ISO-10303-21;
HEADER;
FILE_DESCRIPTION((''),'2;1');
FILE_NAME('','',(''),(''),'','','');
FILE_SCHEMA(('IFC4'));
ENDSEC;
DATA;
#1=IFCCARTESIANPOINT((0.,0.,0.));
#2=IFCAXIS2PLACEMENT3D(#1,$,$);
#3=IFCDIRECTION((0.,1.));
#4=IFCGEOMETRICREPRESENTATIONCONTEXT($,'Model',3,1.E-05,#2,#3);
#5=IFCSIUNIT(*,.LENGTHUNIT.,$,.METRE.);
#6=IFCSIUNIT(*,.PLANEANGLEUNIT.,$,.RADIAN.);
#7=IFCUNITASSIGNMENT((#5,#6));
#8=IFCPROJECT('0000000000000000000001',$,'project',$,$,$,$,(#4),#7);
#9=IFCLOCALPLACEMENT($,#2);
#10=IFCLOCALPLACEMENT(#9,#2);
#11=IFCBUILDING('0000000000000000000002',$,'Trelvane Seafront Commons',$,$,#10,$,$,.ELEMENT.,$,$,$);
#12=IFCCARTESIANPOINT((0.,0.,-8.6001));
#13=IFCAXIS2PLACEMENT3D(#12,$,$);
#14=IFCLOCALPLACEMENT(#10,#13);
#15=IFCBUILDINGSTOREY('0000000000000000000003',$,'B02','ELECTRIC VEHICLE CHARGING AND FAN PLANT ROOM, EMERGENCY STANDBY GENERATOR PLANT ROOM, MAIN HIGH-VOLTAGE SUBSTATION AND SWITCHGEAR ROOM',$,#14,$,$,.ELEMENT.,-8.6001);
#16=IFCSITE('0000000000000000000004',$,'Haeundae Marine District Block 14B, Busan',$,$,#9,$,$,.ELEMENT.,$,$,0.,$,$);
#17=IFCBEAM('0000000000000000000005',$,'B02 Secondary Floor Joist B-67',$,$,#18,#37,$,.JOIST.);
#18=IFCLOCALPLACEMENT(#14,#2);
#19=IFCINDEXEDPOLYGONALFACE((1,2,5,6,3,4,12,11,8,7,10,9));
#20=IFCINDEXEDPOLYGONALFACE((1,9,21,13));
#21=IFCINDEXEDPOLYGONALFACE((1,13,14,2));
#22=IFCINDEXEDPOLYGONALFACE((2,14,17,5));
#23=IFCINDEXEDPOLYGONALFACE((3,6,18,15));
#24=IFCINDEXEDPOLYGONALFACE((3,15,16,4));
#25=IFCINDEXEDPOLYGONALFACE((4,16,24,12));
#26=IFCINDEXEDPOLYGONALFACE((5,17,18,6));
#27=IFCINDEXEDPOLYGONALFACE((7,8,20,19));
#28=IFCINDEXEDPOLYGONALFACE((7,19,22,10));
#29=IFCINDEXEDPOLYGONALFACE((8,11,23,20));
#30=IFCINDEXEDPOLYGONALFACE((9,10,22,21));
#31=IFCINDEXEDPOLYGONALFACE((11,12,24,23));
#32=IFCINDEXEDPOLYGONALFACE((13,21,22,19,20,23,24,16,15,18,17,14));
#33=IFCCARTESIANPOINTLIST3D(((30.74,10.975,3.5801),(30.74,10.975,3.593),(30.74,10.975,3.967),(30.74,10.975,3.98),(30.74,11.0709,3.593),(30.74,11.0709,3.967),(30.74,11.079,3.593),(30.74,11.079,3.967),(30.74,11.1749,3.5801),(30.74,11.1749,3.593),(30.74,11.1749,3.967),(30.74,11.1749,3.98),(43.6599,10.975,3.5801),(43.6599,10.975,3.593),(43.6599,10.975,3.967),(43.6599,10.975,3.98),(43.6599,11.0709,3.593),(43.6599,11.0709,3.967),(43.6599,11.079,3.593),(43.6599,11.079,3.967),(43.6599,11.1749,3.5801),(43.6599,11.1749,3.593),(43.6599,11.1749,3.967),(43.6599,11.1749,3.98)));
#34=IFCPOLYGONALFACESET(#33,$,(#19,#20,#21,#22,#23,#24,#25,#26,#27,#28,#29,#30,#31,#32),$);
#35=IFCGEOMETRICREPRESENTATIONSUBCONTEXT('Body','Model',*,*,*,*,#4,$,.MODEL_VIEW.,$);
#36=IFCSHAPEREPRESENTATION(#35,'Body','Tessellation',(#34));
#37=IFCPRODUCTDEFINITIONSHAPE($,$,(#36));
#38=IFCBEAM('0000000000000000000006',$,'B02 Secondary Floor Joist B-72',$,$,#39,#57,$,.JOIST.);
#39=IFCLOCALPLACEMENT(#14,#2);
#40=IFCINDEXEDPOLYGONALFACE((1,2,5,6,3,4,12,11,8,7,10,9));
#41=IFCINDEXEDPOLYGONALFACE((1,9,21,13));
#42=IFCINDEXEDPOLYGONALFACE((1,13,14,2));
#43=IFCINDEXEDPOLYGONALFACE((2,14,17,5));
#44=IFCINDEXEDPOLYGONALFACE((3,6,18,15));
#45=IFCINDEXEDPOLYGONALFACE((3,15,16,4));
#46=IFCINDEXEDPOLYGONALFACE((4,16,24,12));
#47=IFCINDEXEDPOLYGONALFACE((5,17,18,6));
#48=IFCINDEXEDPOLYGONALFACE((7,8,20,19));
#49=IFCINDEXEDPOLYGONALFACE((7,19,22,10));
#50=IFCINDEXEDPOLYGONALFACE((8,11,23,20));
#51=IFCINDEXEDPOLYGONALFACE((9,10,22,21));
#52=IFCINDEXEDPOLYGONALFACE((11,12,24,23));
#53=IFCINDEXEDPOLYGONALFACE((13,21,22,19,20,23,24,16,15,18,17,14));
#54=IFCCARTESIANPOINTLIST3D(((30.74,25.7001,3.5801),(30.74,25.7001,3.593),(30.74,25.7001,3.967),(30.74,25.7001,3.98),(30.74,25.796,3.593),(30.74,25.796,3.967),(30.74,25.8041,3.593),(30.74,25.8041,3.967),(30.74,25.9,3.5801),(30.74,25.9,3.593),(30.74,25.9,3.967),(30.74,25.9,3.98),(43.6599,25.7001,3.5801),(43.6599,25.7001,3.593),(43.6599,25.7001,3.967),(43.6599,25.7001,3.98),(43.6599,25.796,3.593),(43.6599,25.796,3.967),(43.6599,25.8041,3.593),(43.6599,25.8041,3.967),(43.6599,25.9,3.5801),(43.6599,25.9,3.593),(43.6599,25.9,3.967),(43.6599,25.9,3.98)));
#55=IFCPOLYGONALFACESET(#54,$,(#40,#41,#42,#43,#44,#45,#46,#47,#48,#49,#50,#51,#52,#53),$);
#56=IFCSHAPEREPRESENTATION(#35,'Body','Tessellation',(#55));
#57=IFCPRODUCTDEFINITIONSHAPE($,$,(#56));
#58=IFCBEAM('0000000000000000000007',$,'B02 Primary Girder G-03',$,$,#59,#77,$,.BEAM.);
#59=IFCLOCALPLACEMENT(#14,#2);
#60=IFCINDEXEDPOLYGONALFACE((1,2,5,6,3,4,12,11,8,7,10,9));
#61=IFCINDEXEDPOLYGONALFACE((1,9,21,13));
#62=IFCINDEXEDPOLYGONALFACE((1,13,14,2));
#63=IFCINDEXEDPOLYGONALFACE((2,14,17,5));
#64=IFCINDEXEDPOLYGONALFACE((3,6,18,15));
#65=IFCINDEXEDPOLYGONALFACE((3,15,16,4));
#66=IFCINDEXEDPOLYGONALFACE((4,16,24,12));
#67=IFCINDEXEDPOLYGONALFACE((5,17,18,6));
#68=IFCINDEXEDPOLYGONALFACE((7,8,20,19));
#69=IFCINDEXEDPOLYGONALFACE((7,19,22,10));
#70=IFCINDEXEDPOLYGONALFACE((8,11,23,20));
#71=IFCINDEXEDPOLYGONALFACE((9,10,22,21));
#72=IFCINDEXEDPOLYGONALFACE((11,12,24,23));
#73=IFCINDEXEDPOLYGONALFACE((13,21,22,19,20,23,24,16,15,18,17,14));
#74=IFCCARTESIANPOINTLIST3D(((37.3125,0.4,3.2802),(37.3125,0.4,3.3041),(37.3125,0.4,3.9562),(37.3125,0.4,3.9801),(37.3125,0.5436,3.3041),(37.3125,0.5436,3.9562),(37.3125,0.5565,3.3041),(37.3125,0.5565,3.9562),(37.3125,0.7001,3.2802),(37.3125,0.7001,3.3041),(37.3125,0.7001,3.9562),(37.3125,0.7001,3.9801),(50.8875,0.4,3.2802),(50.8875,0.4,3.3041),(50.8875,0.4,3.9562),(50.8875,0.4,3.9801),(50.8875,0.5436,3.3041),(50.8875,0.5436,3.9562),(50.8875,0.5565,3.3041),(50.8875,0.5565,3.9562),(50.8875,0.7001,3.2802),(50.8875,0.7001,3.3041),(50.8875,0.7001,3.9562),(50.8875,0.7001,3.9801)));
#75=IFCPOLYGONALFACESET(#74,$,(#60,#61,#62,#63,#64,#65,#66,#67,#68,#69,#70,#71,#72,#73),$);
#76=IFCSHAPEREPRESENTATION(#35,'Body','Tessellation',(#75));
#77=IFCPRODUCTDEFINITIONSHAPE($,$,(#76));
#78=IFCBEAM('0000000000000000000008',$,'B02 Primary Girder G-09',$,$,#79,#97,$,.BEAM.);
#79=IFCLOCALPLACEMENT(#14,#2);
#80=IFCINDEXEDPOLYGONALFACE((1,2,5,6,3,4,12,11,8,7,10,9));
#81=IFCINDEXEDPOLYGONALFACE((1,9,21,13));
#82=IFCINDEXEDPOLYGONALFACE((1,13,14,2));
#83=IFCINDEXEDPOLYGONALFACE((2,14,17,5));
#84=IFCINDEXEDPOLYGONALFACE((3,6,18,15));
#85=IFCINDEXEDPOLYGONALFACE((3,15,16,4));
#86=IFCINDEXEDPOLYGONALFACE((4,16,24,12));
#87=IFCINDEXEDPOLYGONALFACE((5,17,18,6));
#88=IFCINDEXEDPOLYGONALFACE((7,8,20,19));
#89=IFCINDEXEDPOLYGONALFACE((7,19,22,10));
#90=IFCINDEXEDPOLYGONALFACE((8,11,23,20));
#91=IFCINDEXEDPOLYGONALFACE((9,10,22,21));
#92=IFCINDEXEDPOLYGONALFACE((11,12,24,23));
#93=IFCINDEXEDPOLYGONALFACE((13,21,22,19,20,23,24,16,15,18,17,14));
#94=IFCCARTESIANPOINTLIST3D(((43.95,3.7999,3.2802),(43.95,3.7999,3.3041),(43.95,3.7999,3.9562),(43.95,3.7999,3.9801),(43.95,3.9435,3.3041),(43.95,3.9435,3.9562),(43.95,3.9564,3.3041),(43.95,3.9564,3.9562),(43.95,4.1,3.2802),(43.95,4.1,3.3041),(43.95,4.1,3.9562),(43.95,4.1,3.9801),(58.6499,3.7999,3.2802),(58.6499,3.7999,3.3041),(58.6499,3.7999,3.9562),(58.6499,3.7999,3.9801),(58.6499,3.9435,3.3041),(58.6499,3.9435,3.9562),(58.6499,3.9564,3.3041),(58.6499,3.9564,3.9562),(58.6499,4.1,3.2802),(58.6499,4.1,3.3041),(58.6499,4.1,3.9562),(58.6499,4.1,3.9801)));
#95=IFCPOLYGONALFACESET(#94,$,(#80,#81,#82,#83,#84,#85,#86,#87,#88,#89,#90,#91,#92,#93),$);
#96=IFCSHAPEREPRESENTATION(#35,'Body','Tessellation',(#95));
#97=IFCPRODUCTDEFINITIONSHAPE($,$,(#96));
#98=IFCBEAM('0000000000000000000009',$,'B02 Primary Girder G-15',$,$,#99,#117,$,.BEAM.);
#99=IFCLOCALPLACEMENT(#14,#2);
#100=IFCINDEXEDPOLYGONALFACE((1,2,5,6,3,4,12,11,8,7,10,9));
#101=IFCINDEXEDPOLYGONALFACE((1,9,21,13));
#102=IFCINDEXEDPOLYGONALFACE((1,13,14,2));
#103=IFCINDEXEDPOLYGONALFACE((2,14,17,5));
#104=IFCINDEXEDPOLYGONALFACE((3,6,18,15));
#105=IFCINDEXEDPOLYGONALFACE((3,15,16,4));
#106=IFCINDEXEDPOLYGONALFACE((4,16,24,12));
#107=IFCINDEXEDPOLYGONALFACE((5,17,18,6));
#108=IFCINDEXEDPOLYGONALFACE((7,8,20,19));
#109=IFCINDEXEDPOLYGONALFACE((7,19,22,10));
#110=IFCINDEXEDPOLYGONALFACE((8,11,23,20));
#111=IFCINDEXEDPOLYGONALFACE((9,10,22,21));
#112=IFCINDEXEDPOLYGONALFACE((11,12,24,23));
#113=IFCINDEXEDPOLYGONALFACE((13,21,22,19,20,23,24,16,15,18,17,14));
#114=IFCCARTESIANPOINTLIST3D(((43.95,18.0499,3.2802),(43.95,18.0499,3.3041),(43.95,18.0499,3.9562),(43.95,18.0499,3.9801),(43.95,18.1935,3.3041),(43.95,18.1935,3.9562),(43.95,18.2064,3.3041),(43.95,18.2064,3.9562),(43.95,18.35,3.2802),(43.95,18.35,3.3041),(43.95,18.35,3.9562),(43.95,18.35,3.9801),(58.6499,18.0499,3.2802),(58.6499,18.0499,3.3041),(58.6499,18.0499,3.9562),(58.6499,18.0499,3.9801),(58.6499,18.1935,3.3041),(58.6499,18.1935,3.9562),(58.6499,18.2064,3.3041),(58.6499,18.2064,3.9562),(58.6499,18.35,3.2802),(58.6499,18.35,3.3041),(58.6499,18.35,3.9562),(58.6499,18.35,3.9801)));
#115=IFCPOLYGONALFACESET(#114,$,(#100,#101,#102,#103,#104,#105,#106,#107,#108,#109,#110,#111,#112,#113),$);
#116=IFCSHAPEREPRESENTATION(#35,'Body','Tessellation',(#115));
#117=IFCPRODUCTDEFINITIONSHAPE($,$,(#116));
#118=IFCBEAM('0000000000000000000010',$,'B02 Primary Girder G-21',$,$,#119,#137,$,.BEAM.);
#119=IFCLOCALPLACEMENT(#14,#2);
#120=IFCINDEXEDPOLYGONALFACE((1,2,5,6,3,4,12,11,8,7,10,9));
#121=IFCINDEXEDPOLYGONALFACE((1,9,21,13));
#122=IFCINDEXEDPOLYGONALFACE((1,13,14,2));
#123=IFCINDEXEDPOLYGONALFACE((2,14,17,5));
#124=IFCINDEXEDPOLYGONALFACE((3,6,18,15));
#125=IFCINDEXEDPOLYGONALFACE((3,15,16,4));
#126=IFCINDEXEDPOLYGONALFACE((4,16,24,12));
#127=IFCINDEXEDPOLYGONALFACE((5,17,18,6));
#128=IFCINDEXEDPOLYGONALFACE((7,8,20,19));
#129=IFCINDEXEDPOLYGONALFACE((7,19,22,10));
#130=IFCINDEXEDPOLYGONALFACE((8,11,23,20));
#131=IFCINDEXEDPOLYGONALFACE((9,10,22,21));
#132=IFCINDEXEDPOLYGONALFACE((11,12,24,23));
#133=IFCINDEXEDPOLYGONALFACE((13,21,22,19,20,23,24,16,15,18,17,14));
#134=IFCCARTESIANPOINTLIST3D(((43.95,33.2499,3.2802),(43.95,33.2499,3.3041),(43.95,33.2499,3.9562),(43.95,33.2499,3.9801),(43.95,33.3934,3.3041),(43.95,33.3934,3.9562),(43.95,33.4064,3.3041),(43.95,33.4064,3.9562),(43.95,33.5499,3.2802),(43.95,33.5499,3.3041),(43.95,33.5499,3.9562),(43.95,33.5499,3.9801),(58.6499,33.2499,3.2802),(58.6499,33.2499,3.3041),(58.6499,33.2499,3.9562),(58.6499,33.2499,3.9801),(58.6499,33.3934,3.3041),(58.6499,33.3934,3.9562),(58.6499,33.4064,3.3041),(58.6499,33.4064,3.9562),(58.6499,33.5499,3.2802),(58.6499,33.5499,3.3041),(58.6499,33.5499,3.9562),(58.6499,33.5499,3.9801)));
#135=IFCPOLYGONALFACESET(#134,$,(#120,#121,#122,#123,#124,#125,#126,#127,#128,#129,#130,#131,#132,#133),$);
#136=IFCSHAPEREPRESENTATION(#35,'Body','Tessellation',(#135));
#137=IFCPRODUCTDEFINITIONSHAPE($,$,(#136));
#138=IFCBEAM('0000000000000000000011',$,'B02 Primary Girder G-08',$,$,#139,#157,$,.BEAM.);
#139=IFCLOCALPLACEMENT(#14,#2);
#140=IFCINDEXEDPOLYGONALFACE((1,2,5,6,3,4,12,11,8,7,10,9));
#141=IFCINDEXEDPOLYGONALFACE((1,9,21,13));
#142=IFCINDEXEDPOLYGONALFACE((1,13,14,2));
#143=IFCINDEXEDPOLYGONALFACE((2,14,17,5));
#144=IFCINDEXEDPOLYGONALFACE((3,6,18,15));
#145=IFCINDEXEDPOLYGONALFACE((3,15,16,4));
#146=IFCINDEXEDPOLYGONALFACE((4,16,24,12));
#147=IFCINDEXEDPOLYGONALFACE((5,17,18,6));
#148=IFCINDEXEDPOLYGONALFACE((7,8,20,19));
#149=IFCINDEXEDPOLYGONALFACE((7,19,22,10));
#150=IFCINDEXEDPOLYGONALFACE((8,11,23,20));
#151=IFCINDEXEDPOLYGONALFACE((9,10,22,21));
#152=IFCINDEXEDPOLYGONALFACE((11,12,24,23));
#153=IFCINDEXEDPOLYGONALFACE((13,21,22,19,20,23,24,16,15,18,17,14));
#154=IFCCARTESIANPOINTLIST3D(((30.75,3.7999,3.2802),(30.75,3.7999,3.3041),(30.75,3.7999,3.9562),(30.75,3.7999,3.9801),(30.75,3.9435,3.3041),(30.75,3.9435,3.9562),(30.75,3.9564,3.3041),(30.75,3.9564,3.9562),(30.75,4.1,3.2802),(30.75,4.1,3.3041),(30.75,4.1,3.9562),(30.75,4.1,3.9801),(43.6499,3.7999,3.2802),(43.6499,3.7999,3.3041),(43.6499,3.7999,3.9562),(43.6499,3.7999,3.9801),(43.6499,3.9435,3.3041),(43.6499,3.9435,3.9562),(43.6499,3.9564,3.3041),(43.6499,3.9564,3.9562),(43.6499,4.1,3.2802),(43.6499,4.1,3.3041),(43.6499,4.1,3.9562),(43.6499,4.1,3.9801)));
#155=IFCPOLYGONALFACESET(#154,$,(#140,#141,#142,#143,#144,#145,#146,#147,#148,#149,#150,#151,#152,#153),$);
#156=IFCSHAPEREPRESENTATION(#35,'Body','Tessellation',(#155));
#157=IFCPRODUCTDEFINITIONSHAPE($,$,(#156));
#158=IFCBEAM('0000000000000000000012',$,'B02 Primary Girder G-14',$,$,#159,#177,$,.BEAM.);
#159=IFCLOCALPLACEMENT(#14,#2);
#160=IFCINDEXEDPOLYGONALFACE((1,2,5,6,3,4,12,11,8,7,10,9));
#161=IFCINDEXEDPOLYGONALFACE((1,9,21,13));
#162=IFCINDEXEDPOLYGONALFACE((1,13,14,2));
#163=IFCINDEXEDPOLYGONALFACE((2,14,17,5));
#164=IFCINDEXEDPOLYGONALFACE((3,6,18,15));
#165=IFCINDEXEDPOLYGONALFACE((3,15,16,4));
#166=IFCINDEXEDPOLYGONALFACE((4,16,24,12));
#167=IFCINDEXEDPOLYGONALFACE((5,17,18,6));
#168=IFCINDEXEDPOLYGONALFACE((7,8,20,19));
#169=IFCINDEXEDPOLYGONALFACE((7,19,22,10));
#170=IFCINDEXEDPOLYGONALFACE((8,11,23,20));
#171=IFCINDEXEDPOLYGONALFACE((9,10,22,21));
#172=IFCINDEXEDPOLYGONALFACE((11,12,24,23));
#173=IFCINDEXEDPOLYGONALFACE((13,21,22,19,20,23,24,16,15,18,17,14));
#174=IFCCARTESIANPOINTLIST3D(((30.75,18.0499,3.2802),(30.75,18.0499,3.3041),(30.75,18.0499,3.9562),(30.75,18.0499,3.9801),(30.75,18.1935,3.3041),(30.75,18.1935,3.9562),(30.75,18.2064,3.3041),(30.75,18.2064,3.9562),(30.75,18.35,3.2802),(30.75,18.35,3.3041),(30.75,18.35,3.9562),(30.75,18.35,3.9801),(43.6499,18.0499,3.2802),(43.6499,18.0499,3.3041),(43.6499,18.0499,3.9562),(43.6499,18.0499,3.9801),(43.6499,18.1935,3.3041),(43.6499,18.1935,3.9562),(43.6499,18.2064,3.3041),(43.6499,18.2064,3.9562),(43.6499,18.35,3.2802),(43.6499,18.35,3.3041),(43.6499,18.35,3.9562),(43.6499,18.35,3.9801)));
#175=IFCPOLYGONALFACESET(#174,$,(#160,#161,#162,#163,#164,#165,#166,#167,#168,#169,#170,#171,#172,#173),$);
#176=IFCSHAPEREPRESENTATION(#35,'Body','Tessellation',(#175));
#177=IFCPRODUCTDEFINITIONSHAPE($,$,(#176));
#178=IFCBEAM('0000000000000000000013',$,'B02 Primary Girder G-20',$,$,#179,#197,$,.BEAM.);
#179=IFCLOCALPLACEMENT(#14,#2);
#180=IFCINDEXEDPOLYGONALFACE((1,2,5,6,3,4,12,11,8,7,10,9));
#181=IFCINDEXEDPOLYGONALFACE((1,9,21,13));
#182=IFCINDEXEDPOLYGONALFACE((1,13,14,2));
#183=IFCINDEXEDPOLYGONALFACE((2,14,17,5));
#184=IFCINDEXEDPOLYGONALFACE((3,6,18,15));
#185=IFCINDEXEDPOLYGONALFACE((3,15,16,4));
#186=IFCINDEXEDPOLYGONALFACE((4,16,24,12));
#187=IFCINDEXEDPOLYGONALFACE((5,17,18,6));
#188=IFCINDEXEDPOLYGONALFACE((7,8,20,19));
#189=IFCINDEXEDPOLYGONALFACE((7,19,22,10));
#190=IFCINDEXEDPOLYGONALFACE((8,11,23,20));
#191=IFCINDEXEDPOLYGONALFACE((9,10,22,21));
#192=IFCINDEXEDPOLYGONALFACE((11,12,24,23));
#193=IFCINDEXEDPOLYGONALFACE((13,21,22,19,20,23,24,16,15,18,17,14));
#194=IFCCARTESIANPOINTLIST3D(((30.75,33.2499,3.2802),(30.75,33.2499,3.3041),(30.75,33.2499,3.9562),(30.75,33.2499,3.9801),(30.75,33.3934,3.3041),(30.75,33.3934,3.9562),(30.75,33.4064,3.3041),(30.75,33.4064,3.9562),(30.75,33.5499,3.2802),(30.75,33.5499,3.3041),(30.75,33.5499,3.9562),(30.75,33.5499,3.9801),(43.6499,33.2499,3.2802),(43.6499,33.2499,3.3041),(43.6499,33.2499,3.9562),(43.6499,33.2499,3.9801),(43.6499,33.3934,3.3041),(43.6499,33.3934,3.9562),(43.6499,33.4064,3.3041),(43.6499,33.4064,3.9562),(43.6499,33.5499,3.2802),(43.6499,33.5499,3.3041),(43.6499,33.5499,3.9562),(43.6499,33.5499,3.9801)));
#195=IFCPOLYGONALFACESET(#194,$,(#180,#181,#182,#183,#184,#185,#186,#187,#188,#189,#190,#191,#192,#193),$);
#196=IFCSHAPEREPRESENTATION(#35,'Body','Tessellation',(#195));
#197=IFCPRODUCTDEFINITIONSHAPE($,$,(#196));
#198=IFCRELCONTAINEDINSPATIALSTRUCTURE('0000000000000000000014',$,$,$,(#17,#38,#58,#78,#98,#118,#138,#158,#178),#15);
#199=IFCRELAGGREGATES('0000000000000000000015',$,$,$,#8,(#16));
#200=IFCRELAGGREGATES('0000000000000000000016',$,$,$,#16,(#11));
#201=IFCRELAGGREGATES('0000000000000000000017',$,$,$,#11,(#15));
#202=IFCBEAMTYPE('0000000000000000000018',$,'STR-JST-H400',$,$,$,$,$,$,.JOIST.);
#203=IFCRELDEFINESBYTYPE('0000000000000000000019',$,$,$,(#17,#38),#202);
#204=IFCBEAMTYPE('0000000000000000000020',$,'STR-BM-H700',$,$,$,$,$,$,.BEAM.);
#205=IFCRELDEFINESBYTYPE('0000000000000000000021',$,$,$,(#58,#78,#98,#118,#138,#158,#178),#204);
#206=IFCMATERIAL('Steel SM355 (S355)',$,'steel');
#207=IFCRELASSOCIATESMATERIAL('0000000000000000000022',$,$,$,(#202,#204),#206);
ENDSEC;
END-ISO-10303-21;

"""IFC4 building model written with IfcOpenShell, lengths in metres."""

from ifc_helpers import new_model, si_unit, direction, frame, origin, origin_2d, place, context, subcontext, project, spatial, i_section, extrude, source, transform, mapped, material, material_profile, profile_set, type_object, element, save


model = new_model("IFC4")

# Units and contexts
model_context = context("Model", 3, precision=1e-05, world=origin(), true_north=direction((0.0, 1.0)))
body_context = subcontext(model_context, "Body", "Model", "MODEL_VIEW")
ifc_project = project(units=[si_unit("LENGTHUNIT", "METRE"), si_unit("PLANEANGLEUNIT", "RADIAN")], contexts=[model_context])

# Site, building, storey
site_placement = place(None, origin())
site = spatial("IfcSite", under=ifc_project, at=site_placement, Name="Haeundae Marine District Block 14B, Busan", CompositionType="ELEMENT", RefElevation=0.0)
building_placement = place(site_placement, origin())
building = spatial("IfcBuilding", under=site, at=building_placement, Name="Trelvane Seafront Commons", CompositionType="ELEMENT")
storey_placement = place(building_placement, frame((0.0, 0.0, -8.6001)))
storey = spatial("IfcBuildingStorey", under=building, at=storey_placement, Name="B02", Description="ELECTRIC VEHICLE CHARGING AND FAN PLANT ROOM, EMERGENCY STANDBY GENERATOR PLANT ROOM, MAIN HIGH-VOLTAGE SUBSTATION AND SWITCHGEAR ROOM", CompositionType="ELEMENT", Elevation=-8.6001)

# Beams
ifc_material_1 = material(Name="Steel SM355 (S355)", Category="steel")
ifc_material_profile_1 = material_profile(ifc_material_1, i_section(OverallWidth=0.2, OverallDepth=0.3999, WebThickness=0.0081, FlangeThickness=0.0129, at=origin_2d()), Name="H-400x200x8x13")
ifc_profile_set_1 = profile_set([ifc_material_profile_1], Name="Steel SM355 (S355)")
beam_type_1 = type_object("IfcBeamType", Name="STR-JST-H400", PredefinedType="JOIST", material=ifc_profile_set_1)
shared_shape_1 = source(origin(), body_context, "Body", "SweptSolid", [
    extrude(i_section(OverallWidth=0.2, OverallDepth=0.3999, WebThickness=0.0081, FlangeThickness=0.0129, at=origin_2d()), origin(), (0.0, 0.0, 1.0), 12.9199),
])
for number, where, z_axis, x_axis, name in (
    (1, (30.74, 11.075, 3.78), (1.0, 0.0, 0.0), (0.0, 1.0, 0.0), "B02 Secondary Floor Joist B-67"),
    (2, (30.74, 25.8, 3.78), (1.0, 0.0, 0.0), (0.0, 1.0, 0.0), "B02 Secondary Floor Joist B-72"),
):
    element("IfcBeam", number, at=place(storey_placement, frame(where, z_axis=z_axis, x_axis=x_axis)), inside=storey, type_object=beam_type_1, Name=name, PredefinedType="JOIST", context=body_context, shape_type="MappedRepresentation", body=[
        mapped(shared_shape_1, transform((0.0, 0.0, 0.0), x_axis=(1.0, 0.0, 0.0), y_axis=(0.0, 1.0, 0.0), z_axis=(0.0, 0.0, 1.0), scale=1.0)),
    ])
ifc_material_profile_2 = material_profile(ifc_material_1, i_section(OverallWidth=0.3, OverallDepth=0.7, WebThickness=0.0129, FlangeThickness=0.0239, at=origin_2d()), Name="H-700x300x13x24")
ifc_profile_set_2 = profile_set([ifc_material_profile_2], Name="Steel SM355 (S355)")
beam_type_2 = type_object("IfcBeamType", Name="STR-BM-H700", PredefinedType="BEAM", material=ifc_profile_set_2)
shared_shape_2 = source(origin(), body_context, "Body", "SweptSolid", [
    extrude(i_section(OverallWidth=0.3, OverallDepth=0.7, WebThickness=0.0129, FlangeThickness=0.0239, at=origin_2d()), origin(), (0.0, 0.0, 1.0), 13.575),
])
beam_1_placement = place(storey_placement, frame((37.3125, 0.55, 3.6301), z_axis=(1.0, 0.0, 0.0), x_axis=(0.0, 1.0, 0.0)))
element("IfcBeam", 3, at=beam_1_placement, inside=storey, type_object=beam_type_2, Name="B02 Primary Girder G-03", PredefinedType="BEAM", context=body_context, shape_type="MappedRepresentation", body=[
    mapped(shared_shape_2, transform((0.0, 0.0, 0.0), x_axis=(1.0, 0.0, 0.0), y_axis=(0.0, 1.0, 0.0), z_axis=(0.0, 0.0, 1.0), scale=1.0)),
])
shared_shape_3 = source(origin(), body_context, "Body", "SweptSolid", [
    extrude(i_section(OverallWidth=0.3, OverallDepth=0.7, WebThickness=0.0129, FlangeThickness=0.0239, at=origin_2d()), origin(), (0.0, 0.0, 1.0), 14.7),
])
for number, where, z_axis, x_axis, name in (
    (4, (43.95, 3.95, 3.6301), (1.0, 0.0, 0.0), (0.0, 1.0, 0.0), "B02 Primary Girder G-09"),
    (5, (43.95, 18.2, 3.6301), (1.0, 0.0, 0.0), (0.0, 1.0, 0.0), "B02 Primary Girder G-15"),
    (6, (43.95, 33.3999, 3.6301), (1.0, 0.0, 0.0), (0.0, 1.0, 0.0), "B02 Primary Girder G-21"),
):
    element("IfcBeam", number, at=place(storey_placement, frame(where, z_axis=z_axis, x_axis=x_axis)), inside=storey, type_object=beam_type_2, Name=name, PredefinedType="BEAM", context=body_context, shape_type="MappedRepresentation", body=[
        mapped(shared_shape_3, transform((0.0, 0.0, 0.0), x_axis=(1.0, 0.0, 0.0), y_axis=(0.0, 1.0, 0.0), z_axis=(0.0, 0.0, 1.0), scale=1.0)),
    ])
shared_shape_4 = source(origin(), body_context, "Body", "SweptSolid", [
    extrude(i_section(OverallWidth=0.3, OverallDepth=0.7, WebThickness=0.0129, FlangeThickness=0.0239, at=origin_2d()), origin(), (0.0, 0.0, 1.0), 12.8999),
])
for number, where, z_axis, x_axis, name in (
    (7, (30.75, 3.95, 3.6301), (1.0, 0.0, 0.0), (0.0, 1.0, 0.0), "B02 Primary Girder G-08"),
    (8, (30.75, 18.2, 3.6301), (1.0, 0.0, 0.0), (0.0, 1.0, 0.0), "B02 Primary Girder G-14"),
    (9, (30.75, 33.3999, 3.6301), (1.0, 0.0, 0.0), (0.0, 1.0, 0.0), "B02 Primary Girder G-20"),
):
    element("IfcBeam", number, at=place(storey_placement, frame(where, z_axis=z_axis, x_axis=x_axis)), inside=storey, type_object=beam_type_2, Name=name, PredefinedType="BEAM", context=body_context, shape_type="MappedRepresentation", body=[
        mapped(shared_shape_4, transform((0.0, 0.0, 0.0), x_axis=(1.0, 0.0, 0.0), y_axis=(0.0, 1.0, 0.0), z_axis=(0.0, 0.0, 1.0), scale=1.0)),
    ])

save(model, "model.ifc")
